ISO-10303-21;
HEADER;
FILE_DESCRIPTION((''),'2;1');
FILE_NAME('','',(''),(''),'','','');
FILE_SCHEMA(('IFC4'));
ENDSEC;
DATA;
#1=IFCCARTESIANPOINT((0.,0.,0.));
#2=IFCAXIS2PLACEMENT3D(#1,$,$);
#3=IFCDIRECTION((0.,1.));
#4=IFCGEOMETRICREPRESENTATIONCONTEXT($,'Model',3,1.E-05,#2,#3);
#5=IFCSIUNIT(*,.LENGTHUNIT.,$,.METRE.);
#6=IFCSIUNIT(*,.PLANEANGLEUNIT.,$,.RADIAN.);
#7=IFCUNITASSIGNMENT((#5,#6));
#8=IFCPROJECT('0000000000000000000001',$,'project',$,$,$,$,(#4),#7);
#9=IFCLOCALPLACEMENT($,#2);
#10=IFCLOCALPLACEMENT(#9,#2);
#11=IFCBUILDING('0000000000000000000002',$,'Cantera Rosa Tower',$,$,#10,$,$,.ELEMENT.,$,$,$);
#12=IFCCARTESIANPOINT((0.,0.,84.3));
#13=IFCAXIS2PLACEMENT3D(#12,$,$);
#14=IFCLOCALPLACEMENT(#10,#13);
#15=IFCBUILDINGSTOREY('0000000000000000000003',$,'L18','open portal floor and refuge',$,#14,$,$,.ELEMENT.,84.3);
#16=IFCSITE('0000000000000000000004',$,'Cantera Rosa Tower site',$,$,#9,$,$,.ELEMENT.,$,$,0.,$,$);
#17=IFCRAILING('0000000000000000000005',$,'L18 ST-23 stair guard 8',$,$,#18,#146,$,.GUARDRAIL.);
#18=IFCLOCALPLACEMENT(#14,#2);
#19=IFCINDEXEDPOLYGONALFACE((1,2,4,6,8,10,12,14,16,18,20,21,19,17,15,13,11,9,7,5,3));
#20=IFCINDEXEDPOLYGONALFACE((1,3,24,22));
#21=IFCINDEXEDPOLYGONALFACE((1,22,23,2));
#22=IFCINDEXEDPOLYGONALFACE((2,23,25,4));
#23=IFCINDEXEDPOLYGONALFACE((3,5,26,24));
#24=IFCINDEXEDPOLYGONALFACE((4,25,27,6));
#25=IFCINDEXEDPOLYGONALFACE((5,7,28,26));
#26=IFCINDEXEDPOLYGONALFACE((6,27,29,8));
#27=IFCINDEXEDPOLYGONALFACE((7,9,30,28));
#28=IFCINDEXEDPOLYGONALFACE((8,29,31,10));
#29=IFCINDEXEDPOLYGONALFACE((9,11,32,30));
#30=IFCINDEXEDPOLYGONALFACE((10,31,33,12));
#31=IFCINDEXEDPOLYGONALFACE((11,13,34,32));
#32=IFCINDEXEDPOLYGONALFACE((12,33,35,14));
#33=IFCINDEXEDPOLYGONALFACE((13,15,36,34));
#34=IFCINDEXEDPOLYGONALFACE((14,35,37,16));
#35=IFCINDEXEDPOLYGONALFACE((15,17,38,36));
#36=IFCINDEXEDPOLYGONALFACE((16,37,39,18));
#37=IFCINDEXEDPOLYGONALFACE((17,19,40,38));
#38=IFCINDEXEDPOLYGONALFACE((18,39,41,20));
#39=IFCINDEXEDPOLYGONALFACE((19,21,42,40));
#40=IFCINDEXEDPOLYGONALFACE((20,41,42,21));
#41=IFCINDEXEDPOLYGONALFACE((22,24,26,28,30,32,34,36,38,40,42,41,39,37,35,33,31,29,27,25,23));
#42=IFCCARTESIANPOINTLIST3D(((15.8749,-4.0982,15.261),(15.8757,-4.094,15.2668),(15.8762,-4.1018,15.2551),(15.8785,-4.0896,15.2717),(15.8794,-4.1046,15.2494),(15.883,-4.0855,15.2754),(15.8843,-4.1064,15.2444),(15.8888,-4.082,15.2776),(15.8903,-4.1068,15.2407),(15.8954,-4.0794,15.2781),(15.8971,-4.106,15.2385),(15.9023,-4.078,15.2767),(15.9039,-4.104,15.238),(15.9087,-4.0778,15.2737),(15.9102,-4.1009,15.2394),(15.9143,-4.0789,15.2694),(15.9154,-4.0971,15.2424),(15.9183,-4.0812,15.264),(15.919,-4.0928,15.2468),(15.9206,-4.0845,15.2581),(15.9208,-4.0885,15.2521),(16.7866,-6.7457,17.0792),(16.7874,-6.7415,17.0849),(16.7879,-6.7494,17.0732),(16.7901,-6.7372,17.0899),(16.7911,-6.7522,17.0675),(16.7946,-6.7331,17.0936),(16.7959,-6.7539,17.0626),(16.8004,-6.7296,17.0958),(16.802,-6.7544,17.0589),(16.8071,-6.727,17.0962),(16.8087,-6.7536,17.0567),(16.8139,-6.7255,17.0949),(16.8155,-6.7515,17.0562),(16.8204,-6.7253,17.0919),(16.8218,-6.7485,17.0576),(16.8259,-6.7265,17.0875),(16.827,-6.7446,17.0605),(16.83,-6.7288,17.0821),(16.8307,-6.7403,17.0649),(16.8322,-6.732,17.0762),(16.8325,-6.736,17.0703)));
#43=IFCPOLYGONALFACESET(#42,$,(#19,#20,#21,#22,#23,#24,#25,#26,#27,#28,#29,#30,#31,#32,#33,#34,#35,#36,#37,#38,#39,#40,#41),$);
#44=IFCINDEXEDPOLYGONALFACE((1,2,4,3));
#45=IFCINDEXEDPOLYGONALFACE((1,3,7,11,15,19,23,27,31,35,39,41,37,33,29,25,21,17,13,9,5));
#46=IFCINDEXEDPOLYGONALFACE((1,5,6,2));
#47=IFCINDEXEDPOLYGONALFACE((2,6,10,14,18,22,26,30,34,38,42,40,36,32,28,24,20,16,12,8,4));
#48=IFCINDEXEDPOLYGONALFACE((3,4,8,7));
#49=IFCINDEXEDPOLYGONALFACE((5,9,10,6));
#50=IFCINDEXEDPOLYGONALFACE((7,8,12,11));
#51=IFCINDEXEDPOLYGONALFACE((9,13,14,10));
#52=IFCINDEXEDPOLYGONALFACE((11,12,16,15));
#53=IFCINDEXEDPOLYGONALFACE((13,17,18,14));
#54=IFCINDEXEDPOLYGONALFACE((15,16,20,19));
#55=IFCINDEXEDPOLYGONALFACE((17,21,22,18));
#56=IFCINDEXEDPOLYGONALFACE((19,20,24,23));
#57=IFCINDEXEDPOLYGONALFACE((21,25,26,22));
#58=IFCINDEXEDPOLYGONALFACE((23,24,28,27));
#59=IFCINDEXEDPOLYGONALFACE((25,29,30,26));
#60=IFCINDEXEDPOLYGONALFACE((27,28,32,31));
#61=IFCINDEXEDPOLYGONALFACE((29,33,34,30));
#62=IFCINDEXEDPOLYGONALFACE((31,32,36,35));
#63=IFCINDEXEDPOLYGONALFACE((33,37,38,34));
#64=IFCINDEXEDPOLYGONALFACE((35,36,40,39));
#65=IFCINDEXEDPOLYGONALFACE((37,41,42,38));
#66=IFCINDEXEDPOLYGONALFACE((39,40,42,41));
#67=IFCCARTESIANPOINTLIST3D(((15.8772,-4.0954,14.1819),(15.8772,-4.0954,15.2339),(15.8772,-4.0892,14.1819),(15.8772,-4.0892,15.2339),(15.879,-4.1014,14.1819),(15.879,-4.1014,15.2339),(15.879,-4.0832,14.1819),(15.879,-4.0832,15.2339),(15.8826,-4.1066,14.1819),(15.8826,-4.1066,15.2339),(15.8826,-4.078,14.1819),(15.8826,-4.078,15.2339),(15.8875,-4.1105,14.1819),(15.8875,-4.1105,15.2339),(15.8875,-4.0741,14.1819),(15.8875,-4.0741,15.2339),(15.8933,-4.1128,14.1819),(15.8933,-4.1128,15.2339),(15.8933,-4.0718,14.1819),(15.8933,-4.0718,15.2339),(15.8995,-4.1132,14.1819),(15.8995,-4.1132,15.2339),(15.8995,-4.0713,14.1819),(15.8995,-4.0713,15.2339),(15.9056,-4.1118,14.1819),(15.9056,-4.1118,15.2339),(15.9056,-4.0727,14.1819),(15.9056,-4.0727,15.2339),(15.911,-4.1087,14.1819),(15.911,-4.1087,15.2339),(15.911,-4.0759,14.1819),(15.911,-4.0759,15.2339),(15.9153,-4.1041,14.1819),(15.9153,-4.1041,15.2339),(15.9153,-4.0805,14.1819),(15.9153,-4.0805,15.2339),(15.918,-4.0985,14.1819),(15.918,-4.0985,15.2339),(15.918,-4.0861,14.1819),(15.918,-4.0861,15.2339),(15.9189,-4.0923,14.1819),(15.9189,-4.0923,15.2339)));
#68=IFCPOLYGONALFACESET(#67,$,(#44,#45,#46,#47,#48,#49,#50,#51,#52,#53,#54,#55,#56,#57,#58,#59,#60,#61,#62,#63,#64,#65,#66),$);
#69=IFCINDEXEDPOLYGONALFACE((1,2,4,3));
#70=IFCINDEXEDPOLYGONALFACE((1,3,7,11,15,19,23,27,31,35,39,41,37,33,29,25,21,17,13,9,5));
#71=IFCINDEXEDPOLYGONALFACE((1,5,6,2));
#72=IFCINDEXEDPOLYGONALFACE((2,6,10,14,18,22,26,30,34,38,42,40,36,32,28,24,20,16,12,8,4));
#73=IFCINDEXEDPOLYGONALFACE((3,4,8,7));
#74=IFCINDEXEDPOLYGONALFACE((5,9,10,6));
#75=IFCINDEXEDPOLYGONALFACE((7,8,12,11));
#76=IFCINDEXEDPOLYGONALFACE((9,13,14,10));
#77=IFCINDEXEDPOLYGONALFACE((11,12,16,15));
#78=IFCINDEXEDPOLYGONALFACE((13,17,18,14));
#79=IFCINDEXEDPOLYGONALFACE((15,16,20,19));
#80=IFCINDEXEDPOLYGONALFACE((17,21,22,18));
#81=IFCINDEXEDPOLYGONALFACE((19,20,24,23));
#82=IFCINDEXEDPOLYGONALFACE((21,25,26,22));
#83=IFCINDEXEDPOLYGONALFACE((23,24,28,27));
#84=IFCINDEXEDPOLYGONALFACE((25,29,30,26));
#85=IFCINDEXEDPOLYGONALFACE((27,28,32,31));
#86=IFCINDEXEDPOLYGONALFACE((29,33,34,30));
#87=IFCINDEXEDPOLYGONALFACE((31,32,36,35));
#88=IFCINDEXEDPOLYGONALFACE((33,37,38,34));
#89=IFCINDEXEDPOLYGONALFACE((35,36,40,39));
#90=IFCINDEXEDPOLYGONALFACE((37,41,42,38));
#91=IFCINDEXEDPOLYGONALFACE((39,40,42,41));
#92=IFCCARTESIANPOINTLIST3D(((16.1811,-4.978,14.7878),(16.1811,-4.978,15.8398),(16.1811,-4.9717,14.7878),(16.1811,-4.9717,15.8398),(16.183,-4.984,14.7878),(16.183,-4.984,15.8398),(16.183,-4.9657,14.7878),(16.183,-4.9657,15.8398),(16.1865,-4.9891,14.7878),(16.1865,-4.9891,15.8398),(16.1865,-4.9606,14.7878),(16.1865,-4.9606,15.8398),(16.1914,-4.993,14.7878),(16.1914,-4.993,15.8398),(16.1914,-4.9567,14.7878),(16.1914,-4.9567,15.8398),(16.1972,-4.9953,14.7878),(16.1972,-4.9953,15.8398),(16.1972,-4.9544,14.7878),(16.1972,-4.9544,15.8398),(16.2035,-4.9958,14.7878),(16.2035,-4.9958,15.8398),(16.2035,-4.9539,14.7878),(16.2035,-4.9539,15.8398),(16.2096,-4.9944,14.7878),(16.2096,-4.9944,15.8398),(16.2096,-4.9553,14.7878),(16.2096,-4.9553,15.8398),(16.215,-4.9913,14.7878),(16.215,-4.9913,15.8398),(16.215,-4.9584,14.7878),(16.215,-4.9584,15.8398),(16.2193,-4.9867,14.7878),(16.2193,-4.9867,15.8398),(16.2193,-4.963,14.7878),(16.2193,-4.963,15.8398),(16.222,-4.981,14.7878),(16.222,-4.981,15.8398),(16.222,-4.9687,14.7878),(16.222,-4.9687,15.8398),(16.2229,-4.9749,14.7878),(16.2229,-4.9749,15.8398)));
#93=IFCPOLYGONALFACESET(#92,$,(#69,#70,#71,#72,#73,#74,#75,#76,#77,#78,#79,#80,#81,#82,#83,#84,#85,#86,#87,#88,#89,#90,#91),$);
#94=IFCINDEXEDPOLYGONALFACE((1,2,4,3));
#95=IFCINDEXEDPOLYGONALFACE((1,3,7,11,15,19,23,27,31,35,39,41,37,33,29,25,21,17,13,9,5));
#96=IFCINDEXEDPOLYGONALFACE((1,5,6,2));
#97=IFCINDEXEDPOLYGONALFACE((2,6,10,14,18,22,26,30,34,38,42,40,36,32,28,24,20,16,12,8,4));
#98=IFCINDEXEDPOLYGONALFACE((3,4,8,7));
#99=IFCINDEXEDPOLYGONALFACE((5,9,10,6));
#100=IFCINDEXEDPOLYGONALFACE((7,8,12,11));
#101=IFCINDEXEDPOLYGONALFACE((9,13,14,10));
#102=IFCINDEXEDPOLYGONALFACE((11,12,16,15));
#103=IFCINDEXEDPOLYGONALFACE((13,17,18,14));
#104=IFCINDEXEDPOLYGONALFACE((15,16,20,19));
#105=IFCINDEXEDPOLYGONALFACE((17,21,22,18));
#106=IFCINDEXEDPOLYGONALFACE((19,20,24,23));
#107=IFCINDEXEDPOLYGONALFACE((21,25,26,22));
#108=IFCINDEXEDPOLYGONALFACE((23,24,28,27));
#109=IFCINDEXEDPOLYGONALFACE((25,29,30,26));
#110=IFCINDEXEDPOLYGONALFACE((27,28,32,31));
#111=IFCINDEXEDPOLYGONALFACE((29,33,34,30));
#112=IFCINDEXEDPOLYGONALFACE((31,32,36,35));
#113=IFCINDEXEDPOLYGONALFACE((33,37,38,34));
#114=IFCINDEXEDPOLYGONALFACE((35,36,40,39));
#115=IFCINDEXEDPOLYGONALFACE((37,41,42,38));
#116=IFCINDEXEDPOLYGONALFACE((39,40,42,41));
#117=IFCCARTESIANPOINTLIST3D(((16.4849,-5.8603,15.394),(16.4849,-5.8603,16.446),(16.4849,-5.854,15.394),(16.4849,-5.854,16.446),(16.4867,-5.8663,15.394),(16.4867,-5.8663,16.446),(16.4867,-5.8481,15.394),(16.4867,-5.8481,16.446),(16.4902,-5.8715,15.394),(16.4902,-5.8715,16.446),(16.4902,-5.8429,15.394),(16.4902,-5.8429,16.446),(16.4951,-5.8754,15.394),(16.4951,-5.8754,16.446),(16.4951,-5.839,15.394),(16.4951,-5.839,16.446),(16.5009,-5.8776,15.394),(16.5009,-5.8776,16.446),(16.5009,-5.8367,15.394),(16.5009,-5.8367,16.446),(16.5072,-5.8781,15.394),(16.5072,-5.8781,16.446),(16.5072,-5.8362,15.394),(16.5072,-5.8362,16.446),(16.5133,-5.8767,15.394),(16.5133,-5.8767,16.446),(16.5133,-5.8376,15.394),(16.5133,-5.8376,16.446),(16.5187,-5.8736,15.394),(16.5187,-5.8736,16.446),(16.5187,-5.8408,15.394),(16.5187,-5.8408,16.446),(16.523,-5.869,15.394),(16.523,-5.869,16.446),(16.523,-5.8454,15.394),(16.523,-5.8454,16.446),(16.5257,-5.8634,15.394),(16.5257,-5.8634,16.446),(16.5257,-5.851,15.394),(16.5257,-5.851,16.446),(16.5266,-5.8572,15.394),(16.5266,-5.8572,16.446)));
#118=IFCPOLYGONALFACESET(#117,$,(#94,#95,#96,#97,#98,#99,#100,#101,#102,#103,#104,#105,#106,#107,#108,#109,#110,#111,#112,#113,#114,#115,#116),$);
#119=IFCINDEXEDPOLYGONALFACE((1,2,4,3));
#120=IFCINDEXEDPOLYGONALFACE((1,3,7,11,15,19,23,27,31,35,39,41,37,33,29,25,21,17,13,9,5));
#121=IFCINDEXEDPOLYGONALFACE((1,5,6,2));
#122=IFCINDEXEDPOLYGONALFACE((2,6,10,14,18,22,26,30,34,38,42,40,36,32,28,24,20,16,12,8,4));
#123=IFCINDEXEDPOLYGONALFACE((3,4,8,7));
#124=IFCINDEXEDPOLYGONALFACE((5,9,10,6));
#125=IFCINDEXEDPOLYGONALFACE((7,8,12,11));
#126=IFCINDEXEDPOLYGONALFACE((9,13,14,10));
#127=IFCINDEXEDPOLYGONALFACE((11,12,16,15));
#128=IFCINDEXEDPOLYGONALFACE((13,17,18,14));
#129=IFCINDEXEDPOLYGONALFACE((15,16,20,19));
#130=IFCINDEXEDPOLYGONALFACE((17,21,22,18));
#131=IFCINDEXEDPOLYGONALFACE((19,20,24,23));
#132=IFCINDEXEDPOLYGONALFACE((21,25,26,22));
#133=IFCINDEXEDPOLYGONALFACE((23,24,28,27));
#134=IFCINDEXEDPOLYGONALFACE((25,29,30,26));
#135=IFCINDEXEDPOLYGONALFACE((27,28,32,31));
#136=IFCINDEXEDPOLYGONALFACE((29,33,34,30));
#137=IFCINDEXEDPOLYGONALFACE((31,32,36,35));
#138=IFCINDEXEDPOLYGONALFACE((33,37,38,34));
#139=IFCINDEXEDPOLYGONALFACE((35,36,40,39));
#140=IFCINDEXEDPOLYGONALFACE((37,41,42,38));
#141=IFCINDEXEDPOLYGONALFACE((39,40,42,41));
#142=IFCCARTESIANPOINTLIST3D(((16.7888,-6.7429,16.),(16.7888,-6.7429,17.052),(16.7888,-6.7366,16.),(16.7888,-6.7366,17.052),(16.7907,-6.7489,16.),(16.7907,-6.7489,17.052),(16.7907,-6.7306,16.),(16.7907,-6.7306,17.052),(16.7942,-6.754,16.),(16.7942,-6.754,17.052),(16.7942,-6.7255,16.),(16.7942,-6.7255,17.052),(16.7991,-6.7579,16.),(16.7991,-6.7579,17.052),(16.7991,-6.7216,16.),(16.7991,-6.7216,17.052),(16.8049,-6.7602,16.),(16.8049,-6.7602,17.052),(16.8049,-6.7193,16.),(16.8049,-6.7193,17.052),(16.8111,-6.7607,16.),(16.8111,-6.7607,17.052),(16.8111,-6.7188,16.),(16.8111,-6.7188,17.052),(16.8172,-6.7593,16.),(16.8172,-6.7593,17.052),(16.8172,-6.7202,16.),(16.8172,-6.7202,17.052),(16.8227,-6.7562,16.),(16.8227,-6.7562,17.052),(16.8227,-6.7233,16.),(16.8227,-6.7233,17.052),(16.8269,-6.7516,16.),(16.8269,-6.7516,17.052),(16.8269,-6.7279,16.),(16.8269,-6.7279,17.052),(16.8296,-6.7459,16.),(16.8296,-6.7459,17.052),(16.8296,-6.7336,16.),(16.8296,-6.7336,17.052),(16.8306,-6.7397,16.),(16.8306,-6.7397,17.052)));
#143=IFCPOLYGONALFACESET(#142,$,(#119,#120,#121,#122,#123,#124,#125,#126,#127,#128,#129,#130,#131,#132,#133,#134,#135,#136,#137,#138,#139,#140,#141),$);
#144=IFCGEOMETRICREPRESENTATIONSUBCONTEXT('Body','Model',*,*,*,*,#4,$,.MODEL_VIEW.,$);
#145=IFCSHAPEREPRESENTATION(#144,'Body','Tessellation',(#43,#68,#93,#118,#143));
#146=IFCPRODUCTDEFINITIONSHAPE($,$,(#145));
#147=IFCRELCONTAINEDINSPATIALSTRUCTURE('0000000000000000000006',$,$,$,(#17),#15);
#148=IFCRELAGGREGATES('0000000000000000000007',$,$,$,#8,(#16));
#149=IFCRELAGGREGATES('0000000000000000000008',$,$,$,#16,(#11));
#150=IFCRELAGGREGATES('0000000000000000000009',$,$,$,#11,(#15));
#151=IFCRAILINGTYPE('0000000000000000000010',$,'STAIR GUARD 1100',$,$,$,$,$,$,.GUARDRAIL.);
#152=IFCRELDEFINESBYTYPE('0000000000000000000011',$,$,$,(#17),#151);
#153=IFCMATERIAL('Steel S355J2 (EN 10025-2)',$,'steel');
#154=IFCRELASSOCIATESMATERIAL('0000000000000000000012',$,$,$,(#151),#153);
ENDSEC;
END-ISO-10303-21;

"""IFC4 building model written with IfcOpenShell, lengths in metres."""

from ifc_helpers import new_model, si_unit, direction, frame, origin, origin_2d, place, context, subcontext, project, spatial, circle, extrude, material, type_object, element, save


model = new_model("IFC4")

# Units and contexts
model_context = context("Model", 3, precision=1e-05, world=origin(), true_north=direction((0.0, 1.0)))
body_context = subcontext(model_context, "Body", "Model", "MODEL_VIEW")
ifc_project = project(units=[si_unit("LENGTHUNIT", "METRE"), si_unit("PLANEANGLEUNIT", "RADIAN")], contexts=[model_context])

# Site, building, storey
site_placement = place(None, origin())
site = spatial("IfcSite", under=ifc_project, at=site_placement, Name="Cantera Rosa Tower site", CompositionType="ELEMENT", RefElevation=0.0)
building_placement = place(site_placement, origin())
building = spatial("IfcBuilding", under=site, at=building_placement, Name="Cantera Rosa Tower", CompositionType="ELEMENT")
storey_placement = place(building_placement, frame((0.0, 0.0, 84.3)))
storey = spatial("IfcBuildingStorey", under=building, at=storey_placement, Name="L18", Description="open portal floor and refuge", CompositionType="ELEMENT", Elevation=84.3)

# Railing
ifc_material_1 = material(Name="Steel S355J2 (EN 10025-2)", Category="steel")
railing_type_1 = type_object("IfcRailingType", Name="STAIR GUARD 1100", PredefinedType="GUARDRAIL", material=ifc_material_1)
railing_1_placement = place(storey_placement, frame((15.8979, -4.0923, 14.1819)))
element("IfcRailing", 1, at=railing_1_placement, inside=storey, type_object=railing_type_1, Name="L18 ST-23 stair guard 8", PredefinedType="GUARDRAIL", context=body_context, shape_type="SweptSolid", body=[
    extrude(circle(Radius=0.0239, at=origin_2d()), frame((0.0, 0.0, 1.0762), z_axis=(0.273062, -0.793007, 0.544589), x_axis=(0.945516, 0.325577, 0.0)), (0.0, 0.0, 1.0), 3.3386),
    extrude(circle(Radius=0.021, at=origin_2d()), origin(), (0.0, 0.0, 1.0), 1.052),
    extrude(circle(Radius=0.021, at=origin_2d()), frame((0.304, -0.8826, 0.606)), (0.0, 0.0, 1.0), 1.052),
    extrude(circle(Radius=0.021, at=origin_2d()), frame((0.6077, -1.7649, 1.2122)), (0.0, 0.0, 1.0), 1.052),
    extrude(circle(Radius=0.021, at=origin_2d()), frame((0.9116, -2.6475, 1.8181)), (0.0, 0.0, 1.0), 1.052),
])

save(model, "model.ifc")
